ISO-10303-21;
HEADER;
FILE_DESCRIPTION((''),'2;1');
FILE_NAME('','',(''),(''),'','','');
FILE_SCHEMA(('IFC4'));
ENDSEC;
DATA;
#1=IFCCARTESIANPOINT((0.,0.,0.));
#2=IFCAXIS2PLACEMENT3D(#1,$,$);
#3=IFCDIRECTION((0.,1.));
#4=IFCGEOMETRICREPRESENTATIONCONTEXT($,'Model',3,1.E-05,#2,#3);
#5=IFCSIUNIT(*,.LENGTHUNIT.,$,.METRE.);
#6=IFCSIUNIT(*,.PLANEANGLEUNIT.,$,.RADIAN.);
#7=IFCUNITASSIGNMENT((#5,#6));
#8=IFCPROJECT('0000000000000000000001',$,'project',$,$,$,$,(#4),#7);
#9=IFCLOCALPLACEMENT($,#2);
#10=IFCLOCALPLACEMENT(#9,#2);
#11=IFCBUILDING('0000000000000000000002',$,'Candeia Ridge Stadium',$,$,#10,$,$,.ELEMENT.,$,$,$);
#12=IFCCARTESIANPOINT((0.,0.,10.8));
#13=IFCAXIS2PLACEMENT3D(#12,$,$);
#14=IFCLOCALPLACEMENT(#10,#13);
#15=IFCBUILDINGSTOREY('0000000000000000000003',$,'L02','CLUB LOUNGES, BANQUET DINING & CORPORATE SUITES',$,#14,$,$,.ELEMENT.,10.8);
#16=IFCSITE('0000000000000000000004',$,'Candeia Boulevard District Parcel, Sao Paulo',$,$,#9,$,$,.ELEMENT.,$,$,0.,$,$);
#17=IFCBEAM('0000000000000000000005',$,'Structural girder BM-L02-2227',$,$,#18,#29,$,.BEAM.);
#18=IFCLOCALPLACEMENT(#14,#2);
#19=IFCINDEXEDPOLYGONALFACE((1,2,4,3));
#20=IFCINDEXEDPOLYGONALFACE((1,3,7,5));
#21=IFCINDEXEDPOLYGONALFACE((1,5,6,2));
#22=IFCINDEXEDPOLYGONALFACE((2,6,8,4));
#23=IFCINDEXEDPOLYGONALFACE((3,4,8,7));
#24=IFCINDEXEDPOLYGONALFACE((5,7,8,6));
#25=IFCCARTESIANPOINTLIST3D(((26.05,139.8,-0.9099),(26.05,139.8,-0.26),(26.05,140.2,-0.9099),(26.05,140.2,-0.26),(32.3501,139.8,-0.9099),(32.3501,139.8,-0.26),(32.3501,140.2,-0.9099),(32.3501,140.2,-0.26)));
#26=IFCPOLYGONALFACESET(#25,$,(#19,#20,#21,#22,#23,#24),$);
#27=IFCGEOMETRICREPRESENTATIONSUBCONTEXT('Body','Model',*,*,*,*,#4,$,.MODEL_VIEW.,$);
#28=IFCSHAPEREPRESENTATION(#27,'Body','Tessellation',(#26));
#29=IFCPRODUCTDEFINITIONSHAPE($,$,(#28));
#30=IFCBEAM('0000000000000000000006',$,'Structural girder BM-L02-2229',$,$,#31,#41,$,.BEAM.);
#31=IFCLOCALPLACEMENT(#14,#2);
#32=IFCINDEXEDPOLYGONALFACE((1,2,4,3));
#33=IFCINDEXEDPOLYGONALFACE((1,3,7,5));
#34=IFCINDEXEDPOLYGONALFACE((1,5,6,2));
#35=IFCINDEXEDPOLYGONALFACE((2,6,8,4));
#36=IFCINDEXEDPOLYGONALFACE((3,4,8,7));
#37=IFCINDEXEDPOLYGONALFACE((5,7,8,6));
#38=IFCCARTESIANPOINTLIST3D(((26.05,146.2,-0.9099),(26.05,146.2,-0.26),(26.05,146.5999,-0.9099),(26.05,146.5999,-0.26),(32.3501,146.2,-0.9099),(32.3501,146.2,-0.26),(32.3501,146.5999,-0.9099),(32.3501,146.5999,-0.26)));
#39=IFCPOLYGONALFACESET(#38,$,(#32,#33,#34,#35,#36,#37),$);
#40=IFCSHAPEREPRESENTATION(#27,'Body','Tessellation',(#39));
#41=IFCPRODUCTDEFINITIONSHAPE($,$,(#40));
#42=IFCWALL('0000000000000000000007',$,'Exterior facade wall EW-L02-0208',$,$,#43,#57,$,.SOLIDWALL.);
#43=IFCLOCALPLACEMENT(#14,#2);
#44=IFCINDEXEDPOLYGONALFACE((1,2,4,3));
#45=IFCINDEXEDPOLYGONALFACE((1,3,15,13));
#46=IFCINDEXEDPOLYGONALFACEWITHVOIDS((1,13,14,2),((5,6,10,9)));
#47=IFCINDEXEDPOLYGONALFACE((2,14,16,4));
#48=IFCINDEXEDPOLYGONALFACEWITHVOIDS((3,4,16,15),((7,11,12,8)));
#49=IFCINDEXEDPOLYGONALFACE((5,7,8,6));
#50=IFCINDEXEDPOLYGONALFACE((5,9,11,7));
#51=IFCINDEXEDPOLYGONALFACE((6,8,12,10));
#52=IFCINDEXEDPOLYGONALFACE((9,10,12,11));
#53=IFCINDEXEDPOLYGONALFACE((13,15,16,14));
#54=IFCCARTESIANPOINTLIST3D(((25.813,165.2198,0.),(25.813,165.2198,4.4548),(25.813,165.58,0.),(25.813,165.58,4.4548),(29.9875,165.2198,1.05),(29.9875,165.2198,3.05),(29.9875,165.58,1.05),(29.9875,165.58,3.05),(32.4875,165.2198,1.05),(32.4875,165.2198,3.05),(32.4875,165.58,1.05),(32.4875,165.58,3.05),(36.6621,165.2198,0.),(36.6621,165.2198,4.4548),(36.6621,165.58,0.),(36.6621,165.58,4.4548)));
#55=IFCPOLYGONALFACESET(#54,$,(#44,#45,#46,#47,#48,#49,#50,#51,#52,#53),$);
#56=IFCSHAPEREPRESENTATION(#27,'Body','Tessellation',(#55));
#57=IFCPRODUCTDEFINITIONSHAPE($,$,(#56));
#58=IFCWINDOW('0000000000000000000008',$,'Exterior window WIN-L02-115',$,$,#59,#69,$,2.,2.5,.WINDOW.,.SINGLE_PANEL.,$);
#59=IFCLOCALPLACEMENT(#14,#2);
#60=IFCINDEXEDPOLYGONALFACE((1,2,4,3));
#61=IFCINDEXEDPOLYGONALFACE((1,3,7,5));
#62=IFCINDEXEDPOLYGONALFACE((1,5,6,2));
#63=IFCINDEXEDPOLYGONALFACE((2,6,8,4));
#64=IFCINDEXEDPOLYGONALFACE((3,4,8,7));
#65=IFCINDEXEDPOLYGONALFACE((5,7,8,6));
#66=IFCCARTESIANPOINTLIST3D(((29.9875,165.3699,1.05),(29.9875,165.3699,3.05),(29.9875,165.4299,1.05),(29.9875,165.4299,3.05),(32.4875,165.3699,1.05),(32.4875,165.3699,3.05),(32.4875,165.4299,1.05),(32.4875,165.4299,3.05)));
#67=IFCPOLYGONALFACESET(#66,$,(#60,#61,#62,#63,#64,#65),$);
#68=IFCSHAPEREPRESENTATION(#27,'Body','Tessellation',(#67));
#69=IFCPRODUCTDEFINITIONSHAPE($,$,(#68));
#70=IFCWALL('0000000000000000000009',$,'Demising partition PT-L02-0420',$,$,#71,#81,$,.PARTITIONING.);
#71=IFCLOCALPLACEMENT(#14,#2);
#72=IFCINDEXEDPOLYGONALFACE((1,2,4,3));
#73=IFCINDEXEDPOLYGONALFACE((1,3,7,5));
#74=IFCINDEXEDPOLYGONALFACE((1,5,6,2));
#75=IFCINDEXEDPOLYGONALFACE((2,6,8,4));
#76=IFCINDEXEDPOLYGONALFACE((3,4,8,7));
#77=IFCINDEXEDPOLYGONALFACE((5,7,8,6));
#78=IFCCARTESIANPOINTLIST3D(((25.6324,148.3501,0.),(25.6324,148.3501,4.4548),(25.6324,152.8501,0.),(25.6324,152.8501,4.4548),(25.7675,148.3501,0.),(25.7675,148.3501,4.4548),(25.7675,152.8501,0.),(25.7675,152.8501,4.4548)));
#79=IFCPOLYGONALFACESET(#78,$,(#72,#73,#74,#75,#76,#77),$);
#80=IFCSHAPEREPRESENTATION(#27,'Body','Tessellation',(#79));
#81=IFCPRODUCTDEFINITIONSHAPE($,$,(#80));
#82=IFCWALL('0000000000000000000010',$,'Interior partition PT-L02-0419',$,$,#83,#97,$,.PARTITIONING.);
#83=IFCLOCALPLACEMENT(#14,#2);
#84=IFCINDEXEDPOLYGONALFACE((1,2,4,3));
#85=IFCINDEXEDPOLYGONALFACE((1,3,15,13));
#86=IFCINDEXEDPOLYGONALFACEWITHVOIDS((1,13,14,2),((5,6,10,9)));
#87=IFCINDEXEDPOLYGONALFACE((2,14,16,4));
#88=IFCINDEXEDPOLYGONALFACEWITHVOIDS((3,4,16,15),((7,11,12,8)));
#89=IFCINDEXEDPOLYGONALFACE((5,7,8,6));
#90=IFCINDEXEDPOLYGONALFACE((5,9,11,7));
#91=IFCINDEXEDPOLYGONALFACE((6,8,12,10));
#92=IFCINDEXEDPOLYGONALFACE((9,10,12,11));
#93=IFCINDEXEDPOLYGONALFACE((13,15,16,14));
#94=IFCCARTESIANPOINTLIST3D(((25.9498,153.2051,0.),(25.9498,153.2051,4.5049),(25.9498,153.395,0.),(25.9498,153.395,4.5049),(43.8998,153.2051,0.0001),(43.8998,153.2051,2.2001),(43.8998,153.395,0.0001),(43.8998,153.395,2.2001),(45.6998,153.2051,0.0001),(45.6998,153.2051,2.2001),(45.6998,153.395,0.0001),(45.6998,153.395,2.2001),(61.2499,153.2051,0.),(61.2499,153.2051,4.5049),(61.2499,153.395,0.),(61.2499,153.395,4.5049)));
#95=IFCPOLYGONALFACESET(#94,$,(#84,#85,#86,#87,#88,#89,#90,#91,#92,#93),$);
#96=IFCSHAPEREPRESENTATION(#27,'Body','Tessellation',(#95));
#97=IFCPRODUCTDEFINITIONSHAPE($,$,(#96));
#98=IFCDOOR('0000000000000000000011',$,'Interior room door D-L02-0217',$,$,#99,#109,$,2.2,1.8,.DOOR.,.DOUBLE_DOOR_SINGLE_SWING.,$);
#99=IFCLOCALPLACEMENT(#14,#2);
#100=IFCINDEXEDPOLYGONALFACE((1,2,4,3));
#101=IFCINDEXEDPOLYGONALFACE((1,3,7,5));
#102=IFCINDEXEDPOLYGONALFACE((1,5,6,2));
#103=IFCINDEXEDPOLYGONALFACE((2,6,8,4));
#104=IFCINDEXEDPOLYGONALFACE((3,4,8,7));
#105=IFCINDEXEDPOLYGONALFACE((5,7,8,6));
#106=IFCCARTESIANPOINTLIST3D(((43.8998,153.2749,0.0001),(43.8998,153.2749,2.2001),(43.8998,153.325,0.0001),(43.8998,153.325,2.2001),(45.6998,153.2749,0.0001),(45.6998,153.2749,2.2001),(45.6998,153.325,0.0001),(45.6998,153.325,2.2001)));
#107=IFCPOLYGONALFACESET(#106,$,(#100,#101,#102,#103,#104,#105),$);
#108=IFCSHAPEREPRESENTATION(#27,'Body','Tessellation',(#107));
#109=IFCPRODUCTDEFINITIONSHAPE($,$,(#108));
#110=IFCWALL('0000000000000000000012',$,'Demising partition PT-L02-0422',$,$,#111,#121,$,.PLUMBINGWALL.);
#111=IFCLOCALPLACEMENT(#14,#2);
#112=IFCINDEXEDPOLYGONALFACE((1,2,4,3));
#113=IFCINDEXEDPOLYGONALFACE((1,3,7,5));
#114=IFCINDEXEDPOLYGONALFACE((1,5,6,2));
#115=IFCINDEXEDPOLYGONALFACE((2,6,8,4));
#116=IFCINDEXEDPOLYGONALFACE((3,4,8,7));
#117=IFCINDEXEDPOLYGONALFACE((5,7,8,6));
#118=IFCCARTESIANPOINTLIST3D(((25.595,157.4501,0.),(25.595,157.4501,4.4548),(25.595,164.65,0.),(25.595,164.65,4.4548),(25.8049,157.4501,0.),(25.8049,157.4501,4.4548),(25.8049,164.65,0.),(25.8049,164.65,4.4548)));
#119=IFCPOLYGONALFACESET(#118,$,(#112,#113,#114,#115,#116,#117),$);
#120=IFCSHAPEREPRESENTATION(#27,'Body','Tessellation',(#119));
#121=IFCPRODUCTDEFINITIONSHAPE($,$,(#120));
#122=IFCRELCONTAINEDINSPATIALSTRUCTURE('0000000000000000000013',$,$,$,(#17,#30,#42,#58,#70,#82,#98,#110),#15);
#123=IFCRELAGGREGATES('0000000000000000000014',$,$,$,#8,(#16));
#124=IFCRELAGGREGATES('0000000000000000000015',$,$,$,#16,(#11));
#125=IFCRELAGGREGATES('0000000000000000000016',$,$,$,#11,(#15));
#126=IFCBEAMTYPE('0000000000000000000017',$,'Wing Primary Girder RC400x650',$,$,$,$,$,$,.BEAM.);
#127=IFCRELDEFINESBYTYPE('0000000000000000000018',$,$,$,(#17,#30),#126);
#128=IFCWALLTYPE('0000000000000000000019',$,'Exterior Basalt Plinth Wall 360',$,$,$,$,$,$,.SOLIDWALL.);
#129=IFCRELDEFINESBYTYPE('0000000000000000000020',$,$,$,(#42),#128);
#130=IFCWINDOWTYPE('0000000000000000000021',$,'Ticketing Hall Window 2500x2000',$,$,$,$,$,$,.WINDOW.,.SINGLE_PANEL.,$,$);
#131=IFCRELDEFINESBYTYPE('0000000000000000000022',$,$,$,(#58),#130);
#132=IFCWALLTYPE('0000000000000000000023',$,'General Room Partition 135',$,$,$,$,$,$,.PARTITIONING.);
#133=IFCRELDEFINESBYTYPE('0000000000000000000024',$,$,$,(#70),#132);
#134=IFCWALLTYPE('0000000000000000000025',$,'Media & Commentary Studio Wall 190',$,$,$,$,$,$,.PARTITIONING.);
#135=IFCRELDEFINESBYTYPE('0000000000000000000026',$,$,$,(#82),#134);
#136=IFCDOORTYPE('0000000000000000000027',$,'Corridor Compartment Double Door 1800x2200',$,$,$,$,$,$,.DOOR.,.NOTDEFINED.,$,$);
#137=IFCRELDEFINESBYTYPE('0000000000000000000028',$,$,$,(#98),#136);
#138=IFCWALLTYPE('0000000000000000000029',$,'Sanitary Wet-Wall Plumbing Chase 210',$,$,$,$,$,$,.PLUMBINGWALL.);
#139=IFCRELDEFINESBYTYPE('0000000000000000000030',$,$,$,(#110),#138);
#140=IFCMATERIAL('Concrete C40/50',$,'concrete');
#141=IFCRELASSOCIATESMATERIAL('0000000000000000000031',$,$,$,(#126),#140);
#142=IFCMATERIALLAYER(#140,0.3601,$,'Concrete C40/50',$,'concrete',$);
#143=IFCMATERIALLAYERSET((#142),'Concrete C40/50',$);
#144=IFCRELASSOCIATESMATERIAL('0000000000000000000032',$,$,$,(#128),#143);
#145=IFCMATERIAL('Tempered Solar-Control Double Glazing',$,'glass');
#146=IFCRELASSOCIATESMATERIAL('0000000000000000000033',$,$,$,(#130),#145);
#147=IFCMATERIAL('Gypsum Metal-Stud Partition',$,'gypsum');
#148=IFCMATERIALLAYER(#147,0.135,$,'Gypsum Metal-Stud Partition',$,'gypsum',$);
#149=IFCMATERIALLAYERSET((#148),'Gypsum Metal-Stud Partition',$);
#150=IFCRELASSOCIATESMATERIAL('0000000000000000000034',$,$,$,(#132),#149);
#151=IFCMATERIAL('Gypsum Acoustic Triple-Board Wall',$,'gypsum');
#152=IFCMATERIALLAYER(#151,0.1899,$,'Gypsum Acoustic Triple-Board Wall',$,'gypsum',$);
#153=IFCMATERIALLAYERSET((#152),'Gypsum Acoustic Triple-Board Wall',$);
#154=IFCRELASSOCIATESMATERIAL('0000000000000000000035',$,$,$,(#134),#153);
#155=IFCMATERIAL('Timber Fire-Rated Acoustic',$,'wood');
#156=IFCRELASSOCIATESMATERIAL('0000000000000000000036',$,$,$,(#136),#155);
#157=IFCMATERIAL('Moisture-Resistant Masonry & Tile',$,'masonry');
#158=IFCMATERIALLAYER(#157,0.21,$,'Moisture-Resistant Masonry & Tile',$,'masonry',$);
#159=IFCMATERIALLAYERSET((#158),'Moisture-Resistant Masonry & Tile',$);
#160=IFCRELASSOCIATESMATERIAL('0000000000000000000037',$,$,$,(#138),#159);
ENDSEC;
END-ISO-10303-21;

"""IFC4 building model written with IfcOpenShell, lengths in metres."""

from ifc_helpers import new_model, si_unit, direction, frame, frame_2d, origin, origin_2d, place, context, subcontext, project, spatial, rectangle, extrude, material, layer, layer_set, material_profile, profile_set, type_object, element, fill, save


model = new_model("IFC4")

# Units and contexts
model_context = context("Model", 3, precision=1e-05, world=origin(), true_north=direction((0.0, 1.0)))
body_context = subcontext(model_context, "Body", "Model", "MODEL_VIEW")
ifc_project = project(units=[si_unit("LENGTHUNIT", "METRE"), si_unit("PLANEANGLEUNIT", "RADIAN")], contexts=[model_context])

# Site, building, storey
site_placement = place(None, origin())
site = spatial("IfcSite", under=ifc_project, at=site_placement, Name="Candeia Boulevard District Parcel, Sao Paulo", CompositionType="ELEMENT", RefElevation=0.0)
building_placement = place(site_placement, origin())
building = spatial("IfcBuilding", under=site, at=building_placement, Name="Candeia Ridge Stadium", CompositionType="ELEMENT")
storey_placement = place(building_placement, frame((0.0, 0.0, 10.8)))
storey = spatial("IfcBuildingStorey", under=building, at=storey_placement, Name="L02", Description="CLUB LOUNGES, BANQUET DINING & CORPORATE SUITES", CompositionType="ELEMENT", Elevation=10.8)

# Shared definitions
ifc_material_1 = material(Name="Concrete C40/50", Category="concrete")

# Beams
ifc_material_profile_1 = material_profile(ifc_material_1, rectangle(XDim=0.3999, YDim=0.6499, at=origin_2d()), Name="RC400x650", Category="concrete")
ifc_profile_set_1 = profile_set([ifc_material_profile_1], Name="Concrete C40/50")
beam_type_1 = type_object("IfcBeamType", Name="Wing Primary Girder RC400x650", PredefinedType="BEAM", material=ifc_profile_set_1)
for number, where, z_axis, x_axis, name in (
    (1, (26.05, 140.0, -0.585), (1.0, 0.0, 0.0), (0.0, 1.0, 0.0), "Structural girder BM-L02-2227"),
    (2, (26.05, 146.3999, -0.585), (1.0, 0.0, 0.0), (0.0, 1.0, 0.0), "Structural girder BM-L02-2229"),
):
    element("IfcBeam", number, at=place(storey_placement, frame(where, z_axis=z_axis, x_axis=x_axis)), inside=storey, type_object=beam_type_1, Name=name, PredefinedType="BEAM", context=body_context, shape_type="SweptSolid", body=[
        extrude(rectangle(XDim=0.3999, YDim=0.6499, at=origin_2d()), origin(), (0.0, 0.0, 1.0), 6.3),
    ])

# Wall, opening, window
ifc_layer_1 = layer(ifc_material_1, 0.3601, Name="Concrete C40/50", Category="concrete")
ifc_layer_set_1 = layer_set([ifc_layer_1], Name="Concrete C40/50")
wall_type_1 = type_object("IfcWallType", Name="Exterior Basalt Plinth Wall 360", PredefinedType="SOLIDWALL", material=ifc_layer_set_1)
wall_1_placement = place(storey_placement, frame((25.813, 165.3999, 0.0), z_axis=(0.0, 0.0, 1.0), x_axis=(1.0, 0.0, 0.0)))
wall_1 = element("IfcWall", 3, at=wall_1_placement, inside=storey, type_object=wall_type_1, Name="Exterior facade wall EW-L02-0208", PredefinedType="SOLIDWALL", context=body_context, shape_type="SweptSolid", body=[
    extrude(rectangle(XDim=10.8491, YDim=0.3601, at=frame_2d((5.4246, 0.0))), origin(), (0.0, 0.0, 1.0), 4.4548),
])
opening_1_placement = place(wall_1_placement, frame((4.1746, 0.0, 1.05)))
opening_1 = element("IfcOpeningElement", 4, at=opening_1_placement, cuts=wall_1, PredefinedType="OPENING", context=body_context, shape_type="SweptSolid", body=[
    extrude(rectangle(XDim=2.5, YDim=2.0, at=frame_2d((1.25, 1.0))), frame((0.0, 0.1899, 0.0), z_axis=(0.0, -1.0, 0.0), x_axis=(1.0, 0.0, 0.0)), (0.0, 0.0, 1.0), 0.3801),
])
ifc_material_2 = material(Name="Tempered Solar-Control Double Glazing", Category="glass")
window_type = type_object("IfcWindowType", Name="Ticketing Hall Window 2500x2000", PartitioningType="SINGLE_PANEL", PredefinedType="WINDOW", material=ifc_material_2)
window_placement = place(opening_1_placement, origin())
window = element("IfcWindow", 5, at=window_placement, inside=storey, type_object=window_type, Name="Exterior window WIN-L02-115", OverallHeight=2.0, OverallWidth=2.5, PartitioningType="SINGLE_PANEL", PredefinedType="WINDOW", context=body_context, shape_type="SweptSolid", body=[
    extrude(rectangle(XDim=2.5, YDim=2.0, at=frame_2d((1.25, 1.0))), frame((0.0, 0.03, 0.0), z_axis=(0.0, -1.0, 0.0), x_axis=(1.0, 0.0, 0.0)), (0.0, 0.0, 1.0), 0.0601),
])
fill(opening_1, window)

# Wall
ifc_material_3 = material(Name="Gypsum Metal-Stud Partition", Category="gypsum")
ifc_layer_2 = layer(ifc_material_3, 0.135, Name="Gypsum Metal-Stud Partition", Category="gypsum")
ifc_layer_set_2 = layer_set([ifc_layer_2], Name="Gypsum Metal-Stud Partition")
wall_type_2 = type_object("IfcWallType", Name="General Room Partition 135", PredefinedType="PARTITIONING", material=ifc_layer_set_2)
wall_2_placement = place(storey_placement, frame((25.7, 148.3501, 0.0), z_axis=(0.0, 0.0, 1.0), x_axis=(0.0, 1.0, 0.0)))
element("IfcWall", 6, at=wall_2_placement, inside=storey, type_object=wall_type_2, Name="Demising partition PT-L02-0420", PredefinedType="PARTITIONING", context=body_context, shape_type="SweptSolid", body=[
    extrude(rectangle(XDim=4.5, YDim=0.135, at=frame_2d((2.25, 0.0))), origin(), (0.0, 0.0, 1.0), 4.4548),
])

# Wall, opening, door
ifc_material_4 = material(Name="Gypsum Acoustic Triple-Board Wall", Category="gypsum")
ifc_layer_3 = layer(ifc_material_4, 0.1899, Name="Gypsum Acoustic Triple-Board Wall", Category="gypsum")
ifc_layer_set_3 = layer_set([ifc_layer_3], Name="Gypsum Acoustic Triple-Board Wall")
wall_type_3 = type_object("IfcWallType", Name="Media & Commentary Studio Wall 190", PredefinedType="PARTITIONING", material=ifc_layer_set_3)
wall_3_placement = place(storey_placement, frame((25.95, 153.3, 0.0), z_axis=(0.0, 0.0, 1.0), x_axis=(1.0, 0.0, 0.0)))
wall_3 = element("IfcWall", 7, at=wall_3_placement, inside=storey, type_object=wall_type_3, Name="Interior partition PT-L02-0419", PredefinedType="PARTITIONING", context=body_context, shape_type="SweptSolid", body=[
    extrude(rectangle(XDim=35.3, YDim=0.1899, at=frame_2d((17.6499, 0.0))), origin(), (0.0, 0.0, 1.0), 4.5049),
])
opening_2_placement = place(wall_3_placement, frame((17.95, 0.0, 0.0)))
opening_2 = element("IfcOpeningElement", 8, at=opening_2_placement, cuts=wall_3, PredefinedType="OPENING", context=body_context, shape_type="SweptSolid", body=[
    extrude(rectangle(XDim=1.8, YDim=2.2, at=frame_2d((0.8999, 1.1001))), frame((0.0, 0.105, 0.0), z_axis=(0.0, -1.0, 0.0), x_axis=(1.0, 0.0, 0.0)), (0.0, 0.0, 1.0), 0.21),
])
ifc_material_5 = material(Name="Timber Fire-Rated Acoustic", Category="wood")
door_type = type_object("IfcDoorType", Name="Corridor Compartment Double Door 1800x2200", OperationType="NOTDEFINED", PredefinedType="DOOR", material=ifc_material_5)
door_placement = place(opening_2_placement, origin())
door = element("IfcDoor", 9, at=door_placement, inside=storey, type_object=door_type, Name="Interior room door D-L02-0217", OperationType="DOUBLE_DOOR_SINGLE_SWING", OverallHeight=2.2, OverallWidth=1.8, PredefinedType="DOOR", context=body_context, shape_type="SweptSolid", body=[
    extrude(rectangle(XDim=1.8, YDim=2.2, at=frame_2d((0.8999, 1.1001))), frame((0.0, 0.0249, 0.0), z_axis=(0.0, -1.0, 0.0), x_axis=(1.0, 0.0, 0.0)), (0.0, 0.0, 1.0), 0.05),
])
fill(opening_2, door)

# Wall
ifc_material_6 = material(Name="Moisture-Resistant Masonry & Tile", Category="masonry")
ifc_layer_4 = layer(ifc_material_6, 0.21, Name="Moisture-Resistant Masonry & Tile", Category="masonry")
ifc_layer_set_4 = layer_set([ifc_layer_4], Name="Moisture-Resistant Masonry & Tile")
wall_type_4 = type_object("IfcWallType", Name="Sanitary Wet-Wall Plumbing Chase 210", PredefinedType="PLUMBINGWALL", material=ifc_layer_set_4)
wall_4_placement = place(storey_placement, frame((25.7, 157.45, 0.0), z_axis=(0.0, 0.0, 1.0), x_axis=(0.0, 1.0, 0.0)))
element("IfcWall", 10, at=wall_4_placement, inside=storey, type_object=wall_type_4, Name="Demising partition PT-L02-0422", PredefinedType="PLUMBINGWALL", context=body_context, shape_type="SweptSolid", body=[
    extrude(rectangle(XDim=7.2, YDim=0.21, at=frame_2d((3.6001, 0.0))), origin(), (0.0, 0.0, 1.0), 4.4548),
])

save(model, "model.ifc")
